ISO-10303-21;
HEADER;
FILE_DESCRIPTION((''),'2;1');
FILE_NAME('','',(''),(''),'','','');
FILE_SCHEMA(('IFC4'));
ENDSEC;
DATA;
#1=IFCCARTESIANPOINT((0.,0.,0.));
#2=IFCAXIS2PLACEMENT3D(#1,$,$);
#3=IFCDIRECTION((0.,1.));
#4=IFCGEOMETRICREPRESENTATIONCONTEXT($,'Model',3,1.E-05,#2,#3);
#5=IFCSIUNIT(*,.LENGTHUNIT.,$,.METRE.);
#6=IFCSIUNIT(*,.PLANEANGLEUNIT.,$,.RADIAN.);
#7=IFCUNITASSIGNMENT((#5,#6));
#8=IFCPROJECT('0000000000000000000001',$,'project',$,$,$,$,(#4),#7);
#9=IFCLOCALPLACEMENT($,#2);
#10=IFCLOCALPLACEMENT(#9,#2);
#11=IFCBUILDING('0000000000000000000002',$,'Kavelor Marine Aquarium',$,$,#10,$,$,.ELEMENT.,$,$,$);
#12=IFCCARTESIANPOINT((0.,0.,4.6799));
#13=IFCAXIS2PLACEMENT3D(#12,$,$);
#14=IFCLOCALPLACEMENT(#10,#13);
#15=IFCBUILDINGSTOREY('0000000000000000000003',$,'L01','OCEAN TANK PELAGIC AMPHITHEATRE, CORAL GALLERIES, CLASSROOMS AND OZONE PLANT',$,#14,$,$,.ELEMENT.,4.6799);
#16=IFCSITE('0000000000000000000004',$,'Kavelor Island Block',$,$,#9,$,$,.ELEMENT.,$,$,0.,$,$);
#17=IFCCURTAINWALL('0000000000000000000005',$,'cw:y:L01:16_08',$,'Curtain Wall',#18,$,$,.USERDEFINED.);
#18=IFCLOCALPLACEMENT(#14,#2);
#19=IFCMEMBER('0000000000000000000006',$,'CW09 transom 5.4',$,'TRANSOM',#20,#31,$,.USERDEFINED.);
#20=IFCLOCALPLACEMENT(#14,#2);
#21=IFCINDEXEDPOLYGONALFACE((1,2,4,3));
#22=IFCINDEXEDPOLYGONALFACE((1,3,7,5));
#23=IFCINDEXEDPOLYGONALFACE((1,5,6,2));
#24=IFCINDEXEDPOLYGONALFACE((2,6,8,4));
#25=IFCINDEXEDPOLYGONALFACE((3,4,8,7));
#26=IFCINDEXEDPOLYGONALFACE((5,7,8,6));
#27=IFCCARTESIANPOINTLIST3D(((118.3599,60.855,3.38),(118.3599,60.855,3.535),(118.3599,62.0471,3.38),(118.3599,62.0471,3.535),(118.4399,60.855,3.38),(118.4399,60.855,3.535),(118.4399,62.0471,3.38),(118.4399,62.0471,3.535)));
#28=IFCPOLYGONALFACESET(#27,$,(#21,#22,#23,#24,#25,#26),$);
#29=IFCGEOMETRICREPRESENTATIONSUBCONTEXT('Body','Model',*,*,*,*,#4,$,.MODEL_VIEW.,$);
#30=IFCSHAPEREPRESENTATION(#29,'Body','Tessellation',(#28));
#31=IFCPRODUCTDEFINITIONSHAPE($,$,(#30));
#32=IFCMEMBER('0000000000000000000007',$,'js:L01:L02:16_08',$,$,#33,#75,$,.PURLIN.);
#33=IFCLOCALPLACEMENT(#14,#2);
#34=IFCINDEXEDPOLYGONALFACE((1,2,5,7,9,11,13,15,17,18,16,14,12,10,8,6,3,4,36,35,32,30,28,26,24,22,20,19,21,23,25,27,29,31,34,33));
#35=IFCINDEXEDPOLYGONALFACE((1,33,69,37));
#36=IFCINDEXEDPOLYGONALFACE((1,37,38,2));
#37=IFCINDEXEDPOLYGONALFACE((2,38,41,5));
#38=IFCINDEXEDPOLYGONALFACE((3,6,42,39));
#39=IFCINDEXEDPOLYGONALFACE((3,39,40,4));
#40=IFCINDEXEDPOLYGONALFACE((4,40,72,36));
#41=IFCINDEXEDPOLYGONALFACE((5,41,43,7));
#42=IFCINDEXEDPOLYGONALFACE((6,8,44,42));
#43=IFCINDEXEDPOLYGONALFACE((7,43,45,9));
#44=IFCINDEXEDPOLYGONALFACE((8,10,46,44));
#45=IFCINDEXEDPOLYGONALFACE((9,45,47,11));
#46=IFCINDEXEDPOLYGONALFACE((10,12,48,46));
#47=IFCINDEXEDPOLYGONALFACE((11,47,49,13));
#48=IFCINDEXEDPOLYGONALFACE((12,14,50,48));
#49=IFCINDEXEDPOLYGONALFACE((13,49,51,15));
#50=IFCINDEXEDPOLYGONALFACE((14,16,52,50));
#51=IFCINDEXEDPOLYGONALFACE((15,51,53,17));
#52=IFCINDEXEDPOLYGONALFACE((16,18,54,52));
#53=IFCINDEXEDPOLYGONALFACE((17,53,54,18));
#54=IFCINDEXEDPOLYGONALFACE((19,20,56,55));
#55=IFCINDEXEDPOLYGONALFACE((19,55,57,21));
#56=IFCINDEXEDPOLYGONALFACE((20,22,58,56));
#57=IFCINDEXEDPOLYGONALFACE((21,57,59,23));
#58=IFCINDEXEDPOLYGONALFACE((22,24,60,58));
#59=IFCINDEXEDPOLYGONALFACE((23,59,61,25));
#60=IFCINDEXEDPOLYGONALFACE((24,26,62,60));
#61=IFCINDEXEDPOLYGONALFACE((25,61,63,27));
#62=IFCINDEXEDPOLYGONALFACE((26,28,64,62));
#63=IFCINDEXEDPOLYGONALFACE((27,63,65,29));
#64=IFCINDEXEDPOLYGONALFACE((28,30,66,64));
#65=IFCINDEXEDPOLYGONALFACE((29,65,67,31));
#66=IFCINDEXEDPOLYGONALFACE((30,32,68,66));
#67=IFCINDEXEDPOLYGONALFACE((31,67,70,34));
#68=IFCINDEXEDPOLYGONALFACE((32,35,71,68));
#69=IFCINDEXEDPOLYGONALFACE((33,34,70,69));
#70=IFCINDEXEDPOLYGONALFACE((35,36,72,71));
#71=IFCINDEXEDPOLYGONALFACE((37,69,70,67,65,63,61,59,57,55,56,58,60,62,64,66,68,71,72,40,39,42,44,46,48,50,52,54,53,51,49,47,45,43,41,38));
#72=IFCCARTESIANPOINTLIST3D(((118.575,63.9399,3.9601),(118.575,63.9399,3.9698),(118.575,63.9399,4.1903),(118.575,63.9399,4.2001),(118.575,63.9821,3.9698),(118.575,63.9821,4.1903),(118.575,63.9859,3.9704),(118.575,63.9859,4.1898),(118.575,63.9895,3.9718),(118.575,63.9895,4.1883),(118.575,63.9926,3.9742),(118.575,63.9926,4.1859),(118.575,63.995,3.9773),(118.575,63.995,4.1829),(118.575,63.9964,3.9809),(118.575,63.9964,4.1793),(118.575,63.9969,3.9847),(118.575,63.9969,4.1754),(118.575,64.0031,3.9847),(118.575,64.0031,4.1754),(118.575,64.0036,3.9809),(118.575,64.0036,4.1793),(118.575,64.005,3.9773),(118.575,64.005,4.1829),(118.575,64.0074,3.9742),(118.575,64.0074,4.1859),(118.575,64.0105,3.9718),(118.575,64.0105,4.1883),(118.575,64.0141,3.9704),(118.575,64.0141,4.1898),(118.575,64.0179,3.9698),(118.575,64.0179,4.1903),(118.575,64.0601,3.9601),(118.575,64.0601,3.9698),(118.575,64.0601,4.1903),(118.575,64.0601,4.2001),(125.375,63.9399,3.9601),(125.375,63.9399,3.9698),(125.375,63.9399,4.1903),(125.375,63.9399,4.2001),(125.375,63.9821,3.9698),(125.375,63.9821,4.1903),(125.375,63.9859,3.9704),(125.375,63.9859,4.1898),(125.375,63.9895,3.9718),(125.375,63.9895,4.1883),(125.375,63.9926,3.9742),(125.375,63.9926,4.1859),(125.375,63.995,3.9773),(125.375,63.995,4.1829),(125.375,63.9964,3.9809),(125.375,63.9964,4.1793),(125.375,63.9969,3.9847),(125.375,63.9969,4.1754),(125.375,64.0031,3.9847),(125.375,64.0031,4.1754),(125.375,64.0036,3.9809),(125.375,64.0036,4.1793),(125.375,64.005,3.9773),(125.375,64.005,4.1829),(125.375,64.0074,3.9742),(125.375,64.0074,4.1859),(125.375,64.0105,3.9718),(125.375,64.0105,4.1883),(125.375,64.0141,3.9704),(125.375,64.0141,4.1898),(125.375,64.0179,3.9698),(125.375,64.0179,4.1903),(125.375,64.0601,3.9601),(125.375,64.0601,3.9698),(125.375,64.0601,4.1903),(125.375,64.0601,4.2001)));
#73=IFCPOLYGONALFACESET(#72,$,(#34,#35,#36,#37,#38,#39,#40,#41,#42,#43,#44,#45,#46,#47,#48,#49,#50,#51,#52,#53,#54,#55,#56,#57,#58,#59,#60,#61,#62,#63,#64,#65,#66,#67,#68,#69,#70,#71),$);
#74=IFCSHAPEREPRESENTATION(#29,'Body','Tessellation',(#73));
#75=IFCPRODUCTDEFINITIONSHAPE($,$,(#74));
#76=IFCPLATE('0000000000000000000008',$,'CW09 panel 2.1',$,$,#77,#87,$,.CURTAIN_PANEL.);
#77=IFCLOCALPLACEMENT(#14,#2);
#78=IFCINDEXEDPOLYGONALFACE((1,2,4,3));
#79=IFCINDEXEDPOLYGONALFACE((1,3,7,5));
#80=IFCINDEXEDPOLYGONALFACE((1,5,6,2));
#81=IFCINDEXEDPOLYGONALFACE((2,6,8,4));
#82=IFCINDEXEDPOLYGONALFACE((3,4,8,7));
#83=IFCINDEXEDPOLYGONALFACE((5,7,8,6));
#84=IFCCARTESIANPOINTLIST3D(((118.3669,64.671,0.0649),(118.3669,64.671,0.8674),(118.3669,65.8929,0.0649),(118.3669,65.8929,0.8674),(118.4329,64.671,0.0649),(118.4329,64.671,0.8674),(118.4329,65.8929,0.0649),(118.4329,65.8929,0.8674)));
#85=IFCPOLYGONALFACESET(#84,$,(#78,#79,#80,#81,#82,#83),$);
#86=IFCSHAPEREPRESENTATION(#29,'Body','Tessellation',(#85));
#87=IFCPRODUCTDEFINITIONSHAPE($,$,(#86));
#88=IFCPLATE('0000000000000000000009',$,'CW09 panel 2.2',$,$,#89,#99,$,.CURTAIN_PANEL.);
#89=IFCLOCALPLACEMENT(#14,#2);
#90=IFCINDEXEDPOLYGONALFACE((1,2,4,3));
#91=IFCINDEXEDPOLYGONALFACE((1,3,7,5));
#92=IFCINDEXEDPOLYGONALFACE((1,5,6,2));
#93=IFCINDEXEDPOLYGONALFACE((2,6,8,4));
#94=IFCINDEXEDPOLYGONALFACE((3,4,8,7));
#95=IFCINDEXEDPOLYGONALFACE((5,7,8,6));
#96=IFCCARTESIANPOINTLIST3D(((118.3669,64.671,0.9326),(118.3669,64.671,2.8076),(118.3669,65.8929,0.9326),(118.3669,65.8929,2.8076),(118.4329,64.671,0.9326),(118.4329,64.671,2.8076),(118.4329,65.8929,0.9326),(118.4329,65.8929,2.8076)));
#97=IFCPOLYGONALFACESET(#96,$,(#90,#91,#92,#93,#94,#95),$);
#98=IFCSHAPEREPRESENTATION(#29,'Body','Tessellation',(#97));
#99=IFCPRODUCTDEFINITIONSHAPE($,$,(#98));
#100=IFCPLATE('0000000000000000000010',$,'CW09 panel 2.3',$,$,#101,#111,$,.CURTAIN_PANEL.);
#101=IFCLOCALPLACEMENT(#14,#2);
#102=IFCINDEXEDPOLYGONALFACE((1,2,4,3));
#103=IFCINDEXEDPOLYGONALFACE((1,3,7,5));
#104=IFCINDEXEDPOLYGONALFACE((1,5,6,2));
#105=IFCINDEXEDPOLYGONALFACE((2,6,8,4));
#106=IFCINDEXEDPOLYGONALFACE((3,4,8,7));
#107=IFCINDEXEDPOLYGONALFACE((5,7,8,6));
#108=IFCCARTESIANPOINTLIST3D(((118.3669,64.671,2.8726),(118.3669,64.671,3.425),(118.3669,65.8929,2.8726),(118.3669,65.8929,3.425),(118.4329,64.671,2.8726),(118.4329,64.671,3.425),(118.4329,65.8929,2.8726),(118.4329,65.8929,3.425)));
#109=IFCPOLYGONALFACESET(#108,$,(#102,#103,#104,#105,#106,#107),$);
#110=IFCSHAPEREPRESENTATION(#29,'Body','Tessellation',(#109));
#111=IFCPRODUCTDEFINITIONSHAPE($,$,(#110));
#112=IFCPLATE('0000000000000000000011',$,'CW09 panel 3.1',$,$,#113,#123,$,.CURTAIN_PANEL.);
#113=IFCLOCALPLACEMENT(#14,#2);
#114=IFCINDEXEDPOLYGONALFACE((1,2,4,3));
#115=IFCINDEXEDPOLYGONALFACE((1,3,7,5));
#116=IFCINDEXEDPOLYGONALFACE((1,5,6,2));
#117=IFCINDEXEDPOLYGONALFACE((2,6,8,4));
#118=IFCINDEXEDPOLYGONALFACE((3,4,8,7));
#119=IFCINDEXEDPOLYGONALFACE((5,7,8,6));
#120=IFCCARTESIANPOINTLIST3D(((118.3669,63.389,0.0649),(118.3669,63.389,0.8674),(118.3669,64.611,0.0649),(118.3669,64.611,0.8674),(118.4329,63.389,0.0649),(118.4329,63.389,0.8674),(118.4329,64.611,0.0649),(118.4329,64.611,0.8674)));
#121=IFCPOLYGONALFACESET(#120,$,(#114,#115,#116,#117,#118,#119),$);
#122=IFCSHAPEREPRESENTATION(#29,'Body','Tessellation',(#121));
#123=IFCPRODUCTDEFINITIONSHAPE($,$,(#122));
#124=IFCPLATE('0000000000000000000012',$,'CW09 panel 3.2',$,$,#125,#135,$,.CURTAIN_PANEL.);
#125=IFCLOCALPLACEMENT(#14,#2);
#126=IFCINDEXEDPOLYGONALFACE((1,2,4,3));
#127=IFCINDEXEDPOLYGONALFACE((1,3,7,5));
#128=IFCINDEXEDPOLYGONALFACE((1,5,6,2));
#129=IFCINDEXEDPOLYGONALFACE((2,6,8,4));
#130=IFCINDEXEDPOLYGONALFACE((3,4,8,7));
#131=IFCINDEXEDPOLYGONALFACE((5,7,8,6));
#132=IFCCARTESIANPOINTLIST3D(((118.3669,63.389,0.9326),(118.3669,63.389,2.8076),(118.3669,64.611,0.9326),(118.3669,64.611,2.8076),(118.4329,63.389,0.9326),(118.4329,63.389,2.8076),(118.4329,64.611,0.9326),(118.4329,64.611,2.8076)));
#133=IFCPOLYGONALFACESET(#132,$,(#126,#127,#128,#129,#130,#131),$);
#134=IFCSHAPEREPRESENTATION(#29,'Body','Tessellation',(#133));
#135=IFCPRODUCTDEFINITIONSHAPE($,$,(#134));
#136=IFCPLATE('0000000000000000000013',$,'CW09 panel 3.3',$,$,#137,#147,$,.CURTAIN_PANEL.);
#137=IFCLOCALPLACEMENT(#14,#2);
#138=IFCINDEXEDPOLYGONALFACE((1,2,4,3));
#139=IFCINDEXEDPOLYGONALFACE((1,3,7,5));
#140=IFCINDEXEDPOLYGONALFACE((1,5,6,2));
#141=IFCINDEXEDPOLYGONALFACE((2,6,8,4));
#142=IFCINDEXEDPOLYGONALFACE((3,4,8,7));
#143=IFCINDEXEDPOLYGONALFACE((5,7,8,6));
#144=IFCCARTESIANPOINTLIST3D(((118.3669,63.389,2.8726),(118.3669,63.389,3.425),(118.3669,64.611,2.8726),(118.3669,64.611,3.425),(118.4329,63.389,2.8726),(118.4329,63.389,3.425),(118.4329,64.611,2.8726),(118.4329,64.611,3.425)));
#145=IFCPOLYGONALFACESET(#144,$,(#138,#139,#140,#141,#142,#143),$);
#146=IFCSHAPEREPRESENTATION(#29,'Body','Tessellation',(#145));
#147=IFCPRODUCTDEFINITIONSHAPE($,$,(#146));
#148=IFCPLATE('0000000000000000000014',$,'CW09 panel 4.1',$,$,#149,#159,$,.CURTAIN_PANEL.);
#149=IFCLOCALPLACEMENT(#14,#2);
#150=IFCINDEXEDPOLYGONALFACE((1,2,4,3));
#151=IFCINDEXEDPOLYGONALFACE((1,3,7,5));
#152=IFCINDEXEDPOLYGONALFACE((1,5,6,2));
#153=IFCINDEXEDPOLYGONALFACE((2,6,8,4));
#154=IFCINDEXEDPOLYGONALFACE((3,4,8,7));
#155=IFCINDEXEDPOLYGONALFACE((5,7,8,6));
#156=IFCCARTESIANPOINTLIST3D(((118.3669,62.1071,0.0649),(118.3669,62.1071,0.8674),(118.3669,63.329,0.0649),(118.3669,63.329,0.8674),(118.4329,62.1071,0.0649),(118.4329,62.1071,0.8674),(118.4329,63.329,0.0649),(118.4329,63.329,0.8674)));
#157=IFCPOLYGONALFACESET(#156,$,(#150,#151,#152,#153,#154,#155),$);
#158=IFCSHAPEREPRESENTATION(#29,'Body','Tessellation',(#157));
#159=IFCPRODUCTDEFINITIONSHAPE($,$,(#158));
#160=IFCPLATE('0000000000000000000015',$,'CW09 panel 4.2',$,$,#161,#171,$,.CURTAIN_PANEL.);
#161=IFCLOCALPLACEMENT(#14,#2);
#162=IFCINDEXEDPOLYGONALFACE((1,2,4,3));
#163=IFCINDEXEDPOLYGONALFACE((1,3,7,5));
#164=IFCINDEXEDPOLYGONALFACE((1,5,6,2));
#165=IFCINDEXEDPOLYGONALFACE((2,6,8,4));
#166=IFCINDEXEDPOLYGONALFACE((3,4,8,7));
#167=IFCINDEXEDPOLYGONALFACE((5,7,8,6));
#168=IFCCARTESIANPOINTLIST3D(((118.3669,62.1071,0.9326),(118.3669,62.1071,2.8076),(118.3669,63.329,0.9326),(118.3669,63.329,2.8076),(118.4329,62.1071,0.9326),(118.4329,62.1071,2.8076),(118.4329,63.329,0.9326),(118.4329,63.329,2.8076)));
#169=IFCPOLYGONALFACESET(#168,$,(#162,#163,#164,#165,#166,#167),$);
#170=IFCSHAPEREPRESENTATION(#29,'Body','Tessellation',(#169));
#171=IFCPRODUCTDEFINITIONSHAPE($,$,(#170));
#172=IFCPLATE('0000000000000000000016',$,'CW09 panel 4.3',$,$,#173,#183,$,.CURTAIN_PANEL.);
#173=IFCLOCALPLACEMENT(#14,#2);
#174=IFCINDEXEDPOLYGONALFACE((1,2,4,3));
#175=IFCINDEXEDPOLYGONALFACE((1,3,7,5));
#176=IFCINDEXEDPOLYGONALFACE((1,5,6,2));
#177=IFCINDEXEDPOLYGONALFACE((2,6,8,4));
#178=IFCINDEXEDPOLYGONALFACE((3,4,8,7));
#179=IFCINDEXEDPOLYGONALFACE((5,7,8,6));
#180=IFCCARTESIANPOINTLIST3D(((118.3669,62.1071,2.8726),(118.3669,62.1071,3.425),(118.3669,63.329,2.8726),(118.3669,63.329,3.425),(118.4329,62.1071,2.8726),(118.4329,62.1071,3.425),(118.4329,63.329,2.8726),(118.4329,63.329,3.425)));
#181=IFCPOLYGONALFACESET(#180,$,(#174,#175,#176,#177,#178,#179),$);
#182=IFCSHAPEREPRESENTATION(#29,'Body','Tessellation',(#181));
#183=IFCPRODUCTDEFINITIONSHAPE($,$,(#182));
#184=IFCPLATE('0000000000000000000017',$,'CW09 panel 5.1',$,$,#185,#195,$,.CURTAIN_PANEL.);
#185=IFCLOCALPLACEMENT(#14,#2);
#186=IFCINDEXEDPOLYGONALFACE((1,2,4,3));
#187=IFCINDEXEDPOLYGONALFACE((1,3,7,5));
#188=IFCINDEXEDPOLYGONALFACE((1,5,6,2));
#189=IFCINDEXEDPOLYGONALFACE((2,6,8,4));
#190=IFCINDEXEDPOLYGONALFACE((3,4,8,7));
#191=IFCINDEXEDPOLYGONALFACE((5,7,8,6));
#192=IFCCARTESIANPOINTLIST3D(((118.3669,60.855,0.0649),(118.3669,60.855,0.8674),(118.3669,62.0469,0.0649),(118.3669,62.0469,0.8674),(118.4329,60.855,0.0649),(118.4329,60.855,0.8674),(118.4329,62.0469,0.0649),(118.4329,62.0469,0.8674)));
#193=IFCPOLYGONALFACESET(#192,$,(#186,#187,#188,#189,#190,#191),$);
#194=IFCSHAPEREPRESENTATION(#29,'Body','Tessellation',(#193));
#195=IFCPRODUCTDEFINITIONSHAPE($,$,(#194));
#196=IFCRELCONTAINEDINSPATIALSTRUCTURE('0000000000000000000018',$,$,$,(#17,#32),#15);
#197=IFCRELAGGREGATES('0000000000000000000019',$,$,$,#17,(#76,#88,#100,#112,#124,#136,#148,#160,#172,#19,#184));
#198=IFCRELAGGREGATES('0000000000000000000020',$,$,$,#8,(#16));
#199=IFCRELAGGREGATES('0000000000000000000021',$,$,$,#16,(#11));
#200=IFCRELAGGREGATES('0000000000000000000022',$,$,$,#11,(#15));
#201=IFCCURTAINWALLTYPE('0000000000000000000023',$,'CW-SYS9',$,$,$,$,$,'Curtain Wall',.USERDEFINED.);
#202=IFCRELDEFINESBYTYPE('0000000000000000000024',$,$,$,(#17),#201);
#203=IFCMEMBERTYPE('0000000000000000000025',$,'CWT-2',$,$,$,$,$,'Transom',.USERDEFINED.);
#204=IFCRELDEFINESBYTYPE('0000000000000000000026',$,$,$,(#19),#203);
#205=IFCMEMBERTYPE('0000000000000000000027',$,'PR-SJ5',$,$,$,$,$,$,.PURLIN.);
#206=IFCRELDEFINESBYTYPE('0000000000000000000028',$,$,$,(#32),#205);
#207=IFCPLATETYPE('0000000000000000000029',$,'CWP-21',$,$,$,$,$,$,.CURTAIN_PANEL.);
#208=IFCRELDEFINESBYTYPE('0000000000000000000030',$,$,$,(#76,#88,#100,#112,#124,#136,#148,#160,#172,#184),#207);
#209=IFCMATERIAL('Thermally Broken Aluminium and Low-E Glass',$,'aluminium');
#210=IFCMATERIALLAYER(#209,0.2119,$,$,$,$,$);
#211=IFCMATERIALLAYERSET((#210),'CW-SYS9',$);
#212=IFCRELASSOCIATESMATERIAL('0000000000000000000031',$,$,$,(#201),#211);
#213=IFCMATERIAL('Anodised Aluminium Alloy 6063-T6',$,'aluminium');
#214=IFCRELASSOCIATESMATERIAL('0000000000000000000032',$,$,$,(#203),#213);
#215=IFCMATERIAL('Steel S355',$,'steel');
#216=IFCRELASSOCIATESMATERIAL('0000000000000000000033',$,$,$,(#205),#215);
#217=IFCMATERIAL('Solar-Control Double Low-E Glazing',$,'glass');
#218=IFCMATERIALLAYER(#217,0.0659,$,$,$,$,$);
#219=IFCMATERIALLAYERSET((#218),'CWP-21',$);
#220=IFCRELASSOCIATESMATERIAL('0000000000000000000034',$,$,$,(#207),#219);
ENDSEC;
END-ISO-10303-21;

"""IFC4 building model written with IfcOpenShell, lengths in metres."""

from ifc_helpers import new_model, si_unit, direction, frame, origin, origin_2d, place, context, subcontext, project, spatial, rectangle, i_section, extrude, material, layer, layer_set, material_profile, profile_set, type_object, element, aggregate, save


model = new_model("IFC4")

# Units and contexts
model_context = context("Model", 3, precision=1e-05, world=origin(), true_north=direction((0.0, 1.0)))
body_context = subcontext(model_context, "Body", "Model", "MODEL_VIEW")
ifc_project = project(units=[si_unit("LENGTHUNIT", "METRE"), si_unit("PLANEANGLEUNIT", "RADIAN")], contexts=[model_context])

# Site, building, storey
site_placement = place(None, origin())
site = spatial("IfcSite", under=ifc_project, at=site_placement, Name="Kavelor Island Block", CompositionType="ELEMENT", RefElevation=0.0)
building_placement = place(site_placement, origin())
building = spatial("IfcBuilding", under=site, at=building_placement, Name="Kavelor Marine Aquarium", CompositionType="ELEMENT")
storey_placement = place(building_placement, frame((0.0, 0.0, 4.6799)))
storey = spatial("IfcBuildingStorey", under=building, at=storey_placement, Name="L01", Description="OCEAN TANK PELAGIC AMPHITHEATRE, CORAL GALLERIES, CLASSROOMS AND OZONE PLANT", CompositionType="ELEMENT", Elevation=4.6799)

# Curtain wall, member
ifc_material_1 = material(Name="Thermally Broken Aluminium and Low-E Glass", Category="aluminium")
ifc_layer_1 = layer(ifc_material_1, 0.2119)
ifc_layer_set_1 = layer_set([ifc_layer_1], Name="CW-SYS9")
curtain_wall_type = type_object("IfcCurtainWallType", Name="CW-SYS9", ElementType="Curtain Wall", PredefinedType="USERDEFINED", material=ifc_layer_set_1)
curtain_wall_placement = place(storey_placement, origin())
curtain_wall = element("IfcCurtainWall", 1, at=curtain_wall_placement, inside=storey, type_object=curtain_wall_type, Name="cw:y:L01:16_08", ObjectType="Curtain Wall", PredefinedType="USERDEFINED")
ifc_material_2 = material(Name="Anodised Aluminium Alloy 6063-T6", Category="aluminium")
ifc_material_profile_1 = material_profile(ifc_material_2, rectangle(XDim=0.0801, YDim=0.155, at=origin_2d()), Name="CW-TRN 80x155")
ifc_profile_set_1 = profile_set([ifc_material_profile_1], Name="Anodised Aluminium Alloy 6063-T6")
member_type_1 = type_object("IfcMemberType", Name="CWT-2", ElementType="Transom", PredefinedType="USERDEFINED", material=ifc_profile_set_1)
member_1_placement = place(storey_placement, frame((118.3999, 62.0471, 3.4575), z_axis=(0.0, -1.0, 0.0), x_axis=(1.0, 0.0, 0.0)))
member_1 = element("IfcMember", 2, at=member_1_placement, type_object=member_type_1, Name="CW09 transom 5.4", ObjectType="TRANSOM", PredefinedType="USERDEFINED", context=body_context, shape_type="SweptSolid", body=[
    extrude(rectangle(XDim=0.0801, YDim=0.155, at=origin_2d()), origin(), (0.0, 0.0, 1.0), 1.1921),
])

# Member
ifc_material_3 = material(Name="Steel S355", Category="steel")
ifc_material_profile_2 = material_profile(ifc_material_3, i_section(OverallWidth=0.1201, OverallDepth=0.24, WebThickness=0.0061, FlangeThickness=0.0098, FilletRadius=0.0149, at=origin_2d()), Name="IPE 240")
ifc_profile_set_2 = profile_set([ifc_material_profile_2], Name="Steel S355")
member_type_2 = type_object("IfcMemberType", Name="PR-SJ5", PredefinedType="PURLIN", material=ifc_profile_set_2)
member_2_placement = place(storey_placement, frame((118.575, 64.0, 4.0801), z_axis=(1.0, 0.0, 0.0), x_axis=(0.0, 1.0, 0.0)))
element("IfcMember", 3, at=member_2_placement, inside=storey, type_object=member_type_2, Name="js:L01:L02:16_08", PredefinedType="PURLIN", context=body_context, shape_type="SweptSolid", body=[
    extrude(i_section(OverallWidth=0.1201, OverallDepth=0.24, WebThickness=0.0061, FlangeThickness=0.0098, FilletRadius=0.0149, at=origin_2d()), origin(), (0.0, 0.0, 1.0), 6.8),
])

# Plates
ifc_material_4 = material(Name="Solar-Control Double Low-E Glazing", Category="glass")
ifc_layer_2 = layer(ifc_material_4, 0.0659)
ifc_layer_set_2 = layer_set([ifc_layer_2], Name="CWP-21")
plate_type = type_object("IfcPlateType", Name="CWP-21", PredefinedType="CURTAIN_PANEL", material=ifc_layer_set_2)
plate_1_placement = place(storey_placement, frame((118.3999, 65.282, 0.0649), z_axis=(0.0, 0.0, 1.0), x_axis=(0.0, -1.0, 0.0)))
plate_1 = element("IfcPlate", 4, at=plate_1_placement, type_object=plate_type, Name="CW09 panel 2.1", PredefinedType="CURTAIN_PANEL", context=body_context, shape_type="SweptSolid", body=[
    extrude(rectangle(XDim=1.2219, YDim=0.0659, at=origin_2d()), origin(), (0.0, 0.0, 1.0), 0.8025),
])
plate_2_placement = place(storey_placement, frame((118.3999, 65.282, 0.9326), z_axis=(0.0, 0.0, 1.0), x_axis=(0.0, -1.0, 0.0)))
plate_2 = element("IfcPlate", 5, at=plate_2_placement, type_object=plate_type, Name="CW09 panel 2.2", PredefinedType="CURTAIN_PANEL", context=body_context, shape_type="SweptSolid", body=[
    extrude(rectangle(XDim=1.2219, YDim=0.0659, at=origin_2d()), origin(), (0.0, 0.0, 1.0), 1.875),
])
plate_3_placement = place(storey_placement, frame((118.3999, 65.282, 2.8726), z_axis=(0.0, 0.0, 1.0), x_axis=(0.0, -1.0, 0.0)))
plate_3 = element("IfcPlate", 6, at=plate_3_placement, type_object=plate_type, Name="CW09 panel 2.3", PredefinedType="CURTAIN_PANEL", context=body_context, shape_type="SweptSolid", body=[
    extrude(rectangle(XDim=1.2219, YDim=0.0659, at=origin_2d()), origin(), (0.0, 0.0, 1.0), 0.5525),
])
plate_4_placement = place(storey_placement, frame((118.3999, 64.0, 0.0649), z_axis=(0.0, 0.0, 1.0), x_axis=(0.0, -1.0, 0.0)))
plate_4 = element("IfcPlate", 7, at=plate_4_placement, type_object=plate_type, Name="CW09 panel 3.1", PredefinedType="CURTAIN_PANEL", context=body_context, shape_type="SweptSolid", body=[
    extrude(rectangle(XDim=1.2219, YDim=0.0659, at=origin_2d()), origin(), (0.0, 0.0, 1.0), 0.8025),
])
plate_5_placement = place(storey_placement, frame((118.3999, 64.0, 0.9326), z_axis=(0.0, 0.0, 1.0), x_axis=(0.0, -1.0, 0.0)))
plate_5 = element("IfcPlate", 8, at=plate_5_placement, type_object=plate_type, Name="CW09 panel 3.2", PredefinedType="CURTAIN_PANEL", context=body_context, shape_type="SweptSolid", body=[
    extrude(rectangle(XDim=1.2219, YDim=0.0659, at=origin_2d()), origin(), (0.0, 0.0, 1.0), 1.875),
])
plate_6_placement = place(storey_placement, frame((118.3999, 64.0, 2.8726), z_axis=(0.0, 0.0, 1.0), x_axis=(0.0, -1.0, 0.0)))
plate_6 = element("IfcPlate", 9, at=plate_6_placement, type_object=plate_type, Name="CW09 panel 3.3", PredefinedType="CURTAIN_PANEL", context=body_context, shape_type="SweptSolid", body=[
    extrude(rectangle(XDim=1.2219, YDim=0.0659, at=origin_2d()), origin(), (0.0, 0.0, 1.0), 0.5525),
])
plate_7_placement = place(storey_placement, frame((118.3999, 62.718, 0.0649), z_axis=(0.0, 0.0, 1.0), x_axis=(0.0, -1.0, 0.0)))
plate_7 = element("IfcPlate", 10, at=plate_7_placement, type_object=plate_type, Name="CW09 panel 4.1", PredefinedType="CURTAIN_PANEL", context=body_context, shape_type="SweptSolid", body=[
    extrude(rectangle(XDim=1.2219, YDim=0.0659, at=origin_2d()), origin(), (0.0, 0.0, 1.0), 0.8025),
])
plate_8_placement = place(storey_placement, frame((118.3999, 62.718, 0.9326), z_axis=(0.0, 0.0, 1.0), x_axis=(0.0, -1.0, 0.0)))
plate_8 = element("IfcPlate", 11, at=plate_8_placement, type_object=plate_type, Name="CW09 panel 4.2", PredefinedType="CURTAIN_PANEL", context=body_context, shape_type="SweptSolid", body=[
    extrude(rectangle(XDim=1.2219, YDim=0.0659, at=origin_2d()), origin(), (0.0, 0.0, 1.0), 1.875),
])
plate_9_placement = place(storey_placement, frame((118.3999, 62.718, 2.8726), z_axis=(0.0, 0.0, 1.0), x_axis=(0.0, -1.0, 0.0)))
plate_9 = element("IfcPlate", 12, at=plate_9_placement, type_object=plate_type, Name="CW09 panel 4.3", PredefinedType="CURTAIN_PANEL", context=body_context, shape_type="SweptSolid", body=[
    extrude(rectangle(XDim=1.2219, YDim=0.0659, at=origin_2d()), origin(), (0.0, 0.0, 1.0), 0.5525),
])
plate_10_placement = place(storey_placement, frame((118.3999, 61.4509, 0.0649), z_axis=(0.0, 0.0, 1.0), x_axis=(0.0, -1.0, 0.0)))
plate_10 = element("IfcPlate", 13, at=plate_10_placement, type_object=plate_type, Name="CW09 panel 5.1", PredefinedType="CURTAIN_PANEL", context=body_context, shape_type="SweptSolid", body=[
    extrude(rectangle(XDim=1.1919, YDim=0.0659, at=origin_2d()), origin(), (0.0, 0.0, 1.0), 0.8025),
])
aggregate(curtain_wall, [plate_1, plate_2, plate_3, plate_4, plate_5, plate_6, plate_7, plate_8, plate_9, member_1, plate_10])

save(model, "model.ifc")
